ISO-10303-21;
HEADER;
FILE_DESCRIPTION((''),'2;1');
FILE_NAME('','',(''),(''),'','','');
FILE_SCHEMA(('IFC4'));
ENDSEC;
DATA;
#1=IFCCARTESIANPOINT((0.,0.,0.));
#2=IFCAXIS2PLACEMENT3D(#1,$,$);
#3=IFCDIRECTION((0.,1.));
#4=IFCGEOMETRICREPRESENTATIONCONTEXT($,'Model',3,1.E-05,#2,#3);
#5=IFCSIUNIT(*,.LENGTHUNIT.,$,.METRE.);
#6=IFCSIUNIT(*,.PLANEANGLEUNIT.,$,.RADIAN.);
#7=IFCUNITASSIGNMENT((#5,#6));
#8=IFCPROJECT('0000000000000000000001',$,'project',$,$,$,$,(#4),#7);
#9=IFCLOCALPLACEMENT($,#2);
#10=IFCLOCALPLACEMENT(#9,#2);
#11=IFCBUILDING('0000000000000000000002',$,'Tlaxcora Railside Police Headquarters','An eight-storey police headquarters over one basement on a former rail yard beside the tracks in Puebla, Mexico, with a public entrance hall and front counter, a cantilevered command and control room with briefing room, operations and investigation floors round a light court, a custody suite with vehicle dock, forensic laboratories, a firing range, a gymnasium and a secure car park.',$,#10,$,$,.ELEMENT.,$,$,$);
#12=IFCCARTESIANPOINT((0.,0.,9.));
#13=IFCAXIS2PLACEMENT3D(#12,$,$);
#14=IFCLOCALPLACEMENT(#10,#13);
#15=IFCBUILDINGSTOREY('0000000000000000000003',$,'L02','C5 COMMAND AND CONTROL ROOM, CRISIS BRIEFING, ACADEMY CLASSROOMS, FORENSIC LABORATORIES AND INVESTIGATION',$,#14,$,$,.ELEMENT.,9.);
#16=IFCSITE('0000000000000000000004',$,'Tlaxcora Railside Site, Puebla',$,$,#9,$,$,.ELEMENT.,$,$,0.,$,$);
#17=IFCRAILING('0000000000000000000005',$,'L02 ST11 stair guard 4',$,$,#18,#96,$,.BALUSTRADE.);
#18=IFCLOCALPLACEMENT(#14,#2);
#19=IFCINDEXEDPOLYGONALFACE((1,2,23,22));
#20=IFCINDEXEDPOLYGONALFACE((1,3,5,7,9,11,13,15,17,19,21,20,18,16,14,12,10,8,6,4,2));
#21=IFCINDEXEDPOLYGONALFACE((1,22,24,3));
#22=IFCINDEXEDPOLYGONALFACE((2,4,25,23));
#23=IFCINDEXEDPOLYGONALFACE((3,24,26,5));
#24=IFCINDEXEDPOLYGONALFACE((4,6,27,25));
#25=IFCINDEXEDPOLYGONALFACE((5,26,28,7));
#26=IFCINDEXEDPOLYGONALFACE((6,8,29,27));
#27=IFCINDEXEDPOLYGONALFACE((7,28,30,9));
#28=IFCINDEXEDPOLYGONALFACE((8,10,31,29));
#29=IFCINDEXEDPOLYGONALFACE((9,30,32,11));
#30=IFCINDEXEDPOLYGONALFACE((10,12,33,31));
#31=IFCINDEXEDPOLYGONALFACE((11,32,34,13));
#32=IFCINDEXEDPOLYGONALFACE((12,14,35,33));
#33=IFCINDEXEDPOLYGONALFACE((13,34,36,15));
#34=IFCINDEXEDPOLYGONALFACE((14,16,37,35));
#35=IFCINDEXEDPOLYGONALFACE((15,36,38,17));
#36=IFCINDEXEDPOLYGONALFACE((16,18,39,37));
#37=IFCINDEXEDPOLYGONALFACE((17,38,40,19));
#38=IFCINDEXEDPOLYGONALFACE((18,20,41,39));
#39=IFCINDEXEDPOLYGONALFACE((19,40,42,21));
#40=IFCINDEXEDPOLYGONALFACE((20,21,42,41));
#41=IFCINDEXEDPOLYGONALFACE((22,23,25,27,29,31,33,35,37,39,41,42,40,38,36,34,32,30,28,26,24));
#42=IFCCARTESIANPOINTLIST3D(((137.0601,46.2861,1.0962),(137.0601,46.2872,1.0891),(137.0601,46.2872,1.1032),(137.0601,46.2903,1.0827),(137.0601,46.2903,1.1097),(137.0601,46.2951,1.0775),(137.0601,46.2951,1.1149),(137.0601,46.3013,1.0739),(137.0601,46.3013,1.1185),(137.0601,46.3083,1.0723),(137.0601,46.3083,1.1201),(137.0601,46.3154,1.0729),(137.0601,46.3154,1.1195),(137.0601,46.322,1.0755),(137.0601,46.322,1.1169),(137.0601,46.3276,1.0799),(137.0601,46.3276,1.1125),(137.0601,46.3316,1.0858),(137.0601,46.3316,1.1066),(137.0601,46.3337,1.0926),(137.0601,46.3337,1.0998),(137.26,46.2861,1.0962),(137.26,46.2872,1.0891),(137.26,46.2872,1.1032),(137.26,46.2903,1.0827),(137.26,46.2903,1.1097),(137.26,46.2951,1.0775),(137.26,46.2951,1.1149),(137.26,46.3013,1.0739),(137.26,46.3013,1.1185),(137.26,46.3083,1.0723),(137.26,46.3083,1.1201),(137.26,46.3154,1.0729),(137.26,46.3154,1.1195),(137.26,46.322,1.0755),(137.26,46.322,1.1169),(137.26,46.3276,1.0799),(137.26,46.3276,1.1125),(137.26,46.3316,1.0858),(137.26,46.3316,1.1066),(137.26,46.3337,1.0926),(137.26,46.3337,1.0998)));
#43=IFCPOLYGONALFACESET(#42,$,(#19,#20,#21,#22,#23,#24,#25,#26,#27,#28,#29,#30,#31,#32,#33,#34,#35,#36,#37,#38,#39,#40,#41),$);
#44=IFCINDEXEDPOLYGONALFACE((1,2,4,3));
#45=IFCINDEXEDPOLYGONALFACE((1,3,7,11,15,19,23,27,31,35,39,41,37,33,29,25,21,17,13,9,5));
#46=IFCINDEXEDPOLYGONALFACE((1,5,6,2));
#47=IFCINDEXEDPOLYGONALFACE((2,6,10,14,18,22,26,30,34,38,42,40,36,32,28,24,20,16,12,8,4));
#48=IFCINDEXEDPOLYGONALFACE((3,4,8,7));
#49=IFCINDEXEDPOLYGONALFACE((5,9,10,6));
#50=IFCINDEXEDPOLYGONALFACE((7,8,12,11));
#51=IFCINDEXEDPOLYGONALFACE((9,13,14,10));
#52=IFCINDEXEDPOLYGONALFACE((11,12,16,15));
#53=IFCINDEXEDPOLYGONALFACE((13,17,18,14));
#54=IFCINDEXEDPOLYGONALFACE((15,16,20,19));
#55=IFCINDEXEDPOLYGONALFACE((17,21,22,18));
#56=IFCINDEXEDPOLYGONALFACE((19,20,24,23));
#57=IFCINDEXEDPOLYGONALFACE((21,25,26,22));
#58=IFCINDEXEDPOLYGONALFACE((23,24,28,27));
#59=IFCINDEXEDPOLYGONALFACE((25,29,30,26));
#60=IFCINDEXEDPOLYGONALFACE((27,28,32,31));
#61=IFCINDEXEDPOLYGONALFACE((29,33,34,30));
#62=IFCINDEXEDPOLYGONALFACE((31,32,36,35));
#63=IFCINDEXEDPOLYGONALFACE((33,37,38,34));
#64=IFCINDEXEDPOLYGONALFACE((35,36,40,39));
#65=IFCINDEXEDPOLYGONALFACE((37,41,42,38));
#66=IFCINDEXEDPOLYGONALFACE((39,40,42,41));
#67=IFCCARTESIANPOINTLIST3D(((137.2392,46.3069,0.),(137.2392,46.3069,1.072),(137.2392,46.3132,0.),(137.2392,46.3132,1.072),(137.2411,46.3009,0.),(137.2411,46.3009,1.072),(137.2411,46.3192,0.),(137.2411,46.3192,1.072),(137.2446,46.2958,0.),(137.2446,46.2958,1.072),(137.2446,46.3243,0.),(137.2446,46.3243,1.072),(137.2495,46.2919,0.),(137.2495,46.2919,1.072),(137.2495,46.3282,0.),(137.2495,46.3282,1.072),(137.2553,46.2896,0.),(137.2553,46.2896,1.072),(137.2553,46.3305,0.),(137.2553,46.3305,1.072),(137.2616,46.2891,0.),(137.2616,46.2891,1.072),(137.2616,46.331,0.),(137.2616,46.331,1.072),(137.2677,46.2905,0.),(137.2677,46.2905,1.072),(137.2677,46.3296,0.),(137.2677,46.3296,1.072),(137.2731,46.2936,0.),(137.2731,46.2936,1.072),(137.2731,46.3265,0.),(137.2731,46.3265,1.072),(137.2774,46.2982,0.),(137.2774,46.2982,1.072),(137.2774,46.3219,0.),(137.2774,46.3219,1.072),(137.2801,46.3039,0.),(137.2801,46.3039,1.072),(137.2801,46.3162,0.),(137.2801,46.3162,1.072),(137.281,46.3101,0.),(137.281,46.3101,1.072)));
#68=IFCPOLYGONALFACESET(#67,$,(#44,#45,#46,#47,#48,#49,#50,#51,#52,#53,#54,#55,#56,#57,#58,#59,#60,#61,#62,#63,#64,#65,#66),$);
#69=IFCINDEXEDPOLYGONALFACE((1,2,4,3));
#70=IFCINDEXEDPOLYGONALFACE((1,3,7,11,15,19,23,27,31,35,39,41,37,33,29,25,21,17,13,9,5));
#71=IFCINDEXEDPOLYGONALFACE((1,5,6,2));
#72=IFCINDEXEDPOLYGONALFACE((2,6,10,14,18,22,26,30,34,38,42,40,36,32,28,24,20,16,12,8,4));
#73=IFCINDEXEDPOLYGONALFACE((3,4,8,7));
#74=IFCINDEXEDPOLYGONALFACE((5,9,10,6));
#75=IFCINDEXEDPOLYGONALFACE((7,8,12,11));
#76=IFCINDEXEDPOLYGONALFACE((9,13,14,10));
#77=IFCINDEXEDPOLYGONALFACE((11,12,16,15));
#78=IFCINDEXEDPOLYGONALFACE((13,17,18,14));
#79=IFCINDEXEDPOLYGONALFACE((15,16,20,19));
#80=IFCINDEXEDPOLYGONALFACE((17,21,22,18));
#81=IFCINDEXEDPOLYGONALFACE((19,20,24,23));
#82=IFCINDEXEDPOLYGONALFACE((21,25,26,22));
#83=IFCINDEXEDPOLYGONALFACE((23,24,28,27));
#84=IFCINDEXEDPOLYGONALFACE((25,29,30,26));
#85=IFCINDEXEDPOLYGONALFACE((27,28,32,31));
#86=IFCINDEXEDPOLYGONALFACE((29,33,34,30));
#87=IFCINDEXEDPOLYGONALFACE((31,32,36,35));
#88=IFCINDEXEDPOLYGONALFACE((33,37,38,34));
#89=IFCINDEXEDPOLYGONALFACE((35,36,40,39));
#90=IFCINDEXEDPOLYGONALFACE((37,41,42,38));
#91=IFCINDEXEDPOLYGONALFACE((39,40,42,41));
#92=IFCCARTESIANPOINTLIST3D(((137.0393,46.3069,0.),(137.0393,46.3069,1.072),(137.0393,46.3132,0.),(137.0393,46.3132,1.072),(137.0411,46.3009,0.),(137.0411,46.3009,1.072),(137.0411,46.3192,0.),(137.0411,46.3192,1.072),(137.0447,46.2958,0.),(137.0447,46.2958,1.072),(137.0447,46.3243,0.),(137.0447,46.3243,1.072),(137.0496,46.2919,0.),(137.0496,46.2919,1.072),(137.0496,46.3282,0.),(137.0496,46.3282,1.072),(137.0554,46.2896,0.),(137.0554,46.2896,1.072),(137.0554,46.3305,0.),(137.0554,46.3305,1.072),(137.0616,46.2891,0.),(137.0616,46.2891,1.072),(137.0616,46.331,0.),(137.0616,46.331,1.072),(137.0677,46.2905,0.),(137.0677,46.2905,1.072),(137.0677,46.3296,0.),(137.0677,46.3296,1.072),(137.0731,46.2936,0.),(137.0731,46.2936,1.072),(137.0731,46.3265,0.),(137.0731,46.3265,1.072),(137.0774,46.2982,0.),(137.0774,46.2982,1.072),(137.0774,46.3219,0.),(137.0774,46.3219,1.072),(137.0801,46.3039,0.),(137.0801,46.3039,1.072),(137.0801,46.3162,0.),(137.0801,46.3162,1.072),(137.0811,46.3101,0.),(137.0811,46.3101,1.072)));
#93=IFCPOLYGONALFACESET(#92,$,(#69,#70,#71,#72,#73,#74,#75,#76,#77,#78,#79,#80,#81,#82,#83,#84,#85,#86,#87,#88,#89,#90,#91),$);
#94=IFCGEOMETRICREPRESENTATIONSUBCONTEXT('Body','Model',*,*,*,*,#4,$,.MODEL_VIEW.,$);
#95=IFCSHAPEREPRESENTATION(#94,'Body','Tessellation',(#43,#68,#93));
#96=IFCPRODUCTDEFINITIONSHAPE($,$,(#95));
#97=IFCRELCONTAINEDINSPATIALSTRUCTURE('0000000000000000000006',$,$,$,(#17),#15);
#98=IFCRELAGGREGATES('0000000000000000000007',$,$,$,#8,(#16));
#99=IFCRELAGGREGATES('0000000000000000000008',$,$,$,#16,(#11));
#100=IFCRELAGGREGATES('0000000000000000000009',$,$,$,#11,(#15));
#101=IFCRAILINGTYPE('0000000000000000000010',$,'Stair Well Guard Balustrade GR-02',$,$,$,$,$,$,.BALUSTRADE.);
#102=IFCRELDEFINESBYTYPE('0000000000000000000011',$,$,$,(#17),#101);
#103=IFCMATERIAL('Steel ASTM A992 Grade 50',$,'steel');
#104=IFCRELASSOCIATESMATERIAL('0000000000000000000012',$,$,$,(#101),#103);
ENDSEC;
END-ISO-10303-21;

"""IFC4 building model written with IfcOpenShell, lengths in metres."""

from ifc_helpers import new_model, si_unit, direction, frame, origin, origin_2d, place, context, subcontext, project, spatial, circle, extrude, material, type_object, element, save


model = new_model("IFC4")

# Units and contexts
model_context = context("Model", 3, precision=1e-05, world=origin(), true_north=direction((0.0, 1.0)))
body_context = subcontext(model_context, "Body", "Model", "MODEL_VIEW")
ifc_project = project(units=[si_unit("LENGTHUNIT", "METRE"), si_unit("PLANEANGLEUNIT", "RADIAN")], contexts=[model_context])

# Site, building, storey
site_placement = place(None, origin())
site = spatial("IfcSite", under=ifc_project, at=site_placement, Name="Tlaxcora Railside Site, Puebla", CompositionType="ELEMENT", RefElevation=0.0)
building_placement = place(site_placement, origin())
building = spatial("IfcBuilding", under=site, at=building_placement, Name="Tlaxcora Railside Police Headquarters", Description="An eight-storey police headquarters over one basement on a former rail yard beside the tracks in Puebla, Mexico, with a public entrance hall and front counter, a cantilevered command and control room with briefing room, operations and investigation floors round a light court, a custody suite with vehicle dock, forensic laboratories, a firing range, a gymnasium and a secure car park.", CompositionType="ELEMENT")
storey_placement = place(building_placement, frame((0.0, 0.0, 9.0)))
storey = spatial("IfcBuildingStorey", under=building, at=storey_placement, Name="L02", Description="C5 COMMAND AND CONTROL ROOM, CRISIS BRIEFING, ACADEMY CLASSROOMS, FORENSIC LABORATORIES AND INVESTIGATION", CompositionType="ELEMENT", Elevation=9.0)

# Railing
ifc_material_1 = material(Name="Steel ASTM A992 Grade 50", Category="steel")
railing_type_1 = type_object("IfcRailingType", Name="Stair Well Guard Balustrade GR-02", PredefinedType="BALUSTRADE", material=ifc_material_1)
railing_1_placement = place(storey_placement, frame((137.26, 46.3101, 0.0)))
element("IfcRailing", 1, at=railing_1_placement, inside=storey, type_object=railing_type_1, Name="L02 ST11 stair guard 4", PredefinedType="BALUSTRADE", context=body_context, shape_type="SweptSolid", body=[
    extrude(circle(Radius=0.0239, at=origin_2d()), frame((0.0, 0.0, 1.0962), z_axis=(-1.0, 0.0, 0.0), x_axis=(0.0, -1.0, 0.0)), (0.0, 0.0, 1.0), 0.2),
    extrude(circle(Radius=0.021, at=origin_2d()), origin(), (0.0, 0.0, 1.0), 1.072),
    extrude(circle(Radius=0.021, at=origin_2d()), frame((-0.2, 0.0, 0.0)), (0.0, 0.0, 1.0), 1.072),
])

save(model, "model.ifc")
